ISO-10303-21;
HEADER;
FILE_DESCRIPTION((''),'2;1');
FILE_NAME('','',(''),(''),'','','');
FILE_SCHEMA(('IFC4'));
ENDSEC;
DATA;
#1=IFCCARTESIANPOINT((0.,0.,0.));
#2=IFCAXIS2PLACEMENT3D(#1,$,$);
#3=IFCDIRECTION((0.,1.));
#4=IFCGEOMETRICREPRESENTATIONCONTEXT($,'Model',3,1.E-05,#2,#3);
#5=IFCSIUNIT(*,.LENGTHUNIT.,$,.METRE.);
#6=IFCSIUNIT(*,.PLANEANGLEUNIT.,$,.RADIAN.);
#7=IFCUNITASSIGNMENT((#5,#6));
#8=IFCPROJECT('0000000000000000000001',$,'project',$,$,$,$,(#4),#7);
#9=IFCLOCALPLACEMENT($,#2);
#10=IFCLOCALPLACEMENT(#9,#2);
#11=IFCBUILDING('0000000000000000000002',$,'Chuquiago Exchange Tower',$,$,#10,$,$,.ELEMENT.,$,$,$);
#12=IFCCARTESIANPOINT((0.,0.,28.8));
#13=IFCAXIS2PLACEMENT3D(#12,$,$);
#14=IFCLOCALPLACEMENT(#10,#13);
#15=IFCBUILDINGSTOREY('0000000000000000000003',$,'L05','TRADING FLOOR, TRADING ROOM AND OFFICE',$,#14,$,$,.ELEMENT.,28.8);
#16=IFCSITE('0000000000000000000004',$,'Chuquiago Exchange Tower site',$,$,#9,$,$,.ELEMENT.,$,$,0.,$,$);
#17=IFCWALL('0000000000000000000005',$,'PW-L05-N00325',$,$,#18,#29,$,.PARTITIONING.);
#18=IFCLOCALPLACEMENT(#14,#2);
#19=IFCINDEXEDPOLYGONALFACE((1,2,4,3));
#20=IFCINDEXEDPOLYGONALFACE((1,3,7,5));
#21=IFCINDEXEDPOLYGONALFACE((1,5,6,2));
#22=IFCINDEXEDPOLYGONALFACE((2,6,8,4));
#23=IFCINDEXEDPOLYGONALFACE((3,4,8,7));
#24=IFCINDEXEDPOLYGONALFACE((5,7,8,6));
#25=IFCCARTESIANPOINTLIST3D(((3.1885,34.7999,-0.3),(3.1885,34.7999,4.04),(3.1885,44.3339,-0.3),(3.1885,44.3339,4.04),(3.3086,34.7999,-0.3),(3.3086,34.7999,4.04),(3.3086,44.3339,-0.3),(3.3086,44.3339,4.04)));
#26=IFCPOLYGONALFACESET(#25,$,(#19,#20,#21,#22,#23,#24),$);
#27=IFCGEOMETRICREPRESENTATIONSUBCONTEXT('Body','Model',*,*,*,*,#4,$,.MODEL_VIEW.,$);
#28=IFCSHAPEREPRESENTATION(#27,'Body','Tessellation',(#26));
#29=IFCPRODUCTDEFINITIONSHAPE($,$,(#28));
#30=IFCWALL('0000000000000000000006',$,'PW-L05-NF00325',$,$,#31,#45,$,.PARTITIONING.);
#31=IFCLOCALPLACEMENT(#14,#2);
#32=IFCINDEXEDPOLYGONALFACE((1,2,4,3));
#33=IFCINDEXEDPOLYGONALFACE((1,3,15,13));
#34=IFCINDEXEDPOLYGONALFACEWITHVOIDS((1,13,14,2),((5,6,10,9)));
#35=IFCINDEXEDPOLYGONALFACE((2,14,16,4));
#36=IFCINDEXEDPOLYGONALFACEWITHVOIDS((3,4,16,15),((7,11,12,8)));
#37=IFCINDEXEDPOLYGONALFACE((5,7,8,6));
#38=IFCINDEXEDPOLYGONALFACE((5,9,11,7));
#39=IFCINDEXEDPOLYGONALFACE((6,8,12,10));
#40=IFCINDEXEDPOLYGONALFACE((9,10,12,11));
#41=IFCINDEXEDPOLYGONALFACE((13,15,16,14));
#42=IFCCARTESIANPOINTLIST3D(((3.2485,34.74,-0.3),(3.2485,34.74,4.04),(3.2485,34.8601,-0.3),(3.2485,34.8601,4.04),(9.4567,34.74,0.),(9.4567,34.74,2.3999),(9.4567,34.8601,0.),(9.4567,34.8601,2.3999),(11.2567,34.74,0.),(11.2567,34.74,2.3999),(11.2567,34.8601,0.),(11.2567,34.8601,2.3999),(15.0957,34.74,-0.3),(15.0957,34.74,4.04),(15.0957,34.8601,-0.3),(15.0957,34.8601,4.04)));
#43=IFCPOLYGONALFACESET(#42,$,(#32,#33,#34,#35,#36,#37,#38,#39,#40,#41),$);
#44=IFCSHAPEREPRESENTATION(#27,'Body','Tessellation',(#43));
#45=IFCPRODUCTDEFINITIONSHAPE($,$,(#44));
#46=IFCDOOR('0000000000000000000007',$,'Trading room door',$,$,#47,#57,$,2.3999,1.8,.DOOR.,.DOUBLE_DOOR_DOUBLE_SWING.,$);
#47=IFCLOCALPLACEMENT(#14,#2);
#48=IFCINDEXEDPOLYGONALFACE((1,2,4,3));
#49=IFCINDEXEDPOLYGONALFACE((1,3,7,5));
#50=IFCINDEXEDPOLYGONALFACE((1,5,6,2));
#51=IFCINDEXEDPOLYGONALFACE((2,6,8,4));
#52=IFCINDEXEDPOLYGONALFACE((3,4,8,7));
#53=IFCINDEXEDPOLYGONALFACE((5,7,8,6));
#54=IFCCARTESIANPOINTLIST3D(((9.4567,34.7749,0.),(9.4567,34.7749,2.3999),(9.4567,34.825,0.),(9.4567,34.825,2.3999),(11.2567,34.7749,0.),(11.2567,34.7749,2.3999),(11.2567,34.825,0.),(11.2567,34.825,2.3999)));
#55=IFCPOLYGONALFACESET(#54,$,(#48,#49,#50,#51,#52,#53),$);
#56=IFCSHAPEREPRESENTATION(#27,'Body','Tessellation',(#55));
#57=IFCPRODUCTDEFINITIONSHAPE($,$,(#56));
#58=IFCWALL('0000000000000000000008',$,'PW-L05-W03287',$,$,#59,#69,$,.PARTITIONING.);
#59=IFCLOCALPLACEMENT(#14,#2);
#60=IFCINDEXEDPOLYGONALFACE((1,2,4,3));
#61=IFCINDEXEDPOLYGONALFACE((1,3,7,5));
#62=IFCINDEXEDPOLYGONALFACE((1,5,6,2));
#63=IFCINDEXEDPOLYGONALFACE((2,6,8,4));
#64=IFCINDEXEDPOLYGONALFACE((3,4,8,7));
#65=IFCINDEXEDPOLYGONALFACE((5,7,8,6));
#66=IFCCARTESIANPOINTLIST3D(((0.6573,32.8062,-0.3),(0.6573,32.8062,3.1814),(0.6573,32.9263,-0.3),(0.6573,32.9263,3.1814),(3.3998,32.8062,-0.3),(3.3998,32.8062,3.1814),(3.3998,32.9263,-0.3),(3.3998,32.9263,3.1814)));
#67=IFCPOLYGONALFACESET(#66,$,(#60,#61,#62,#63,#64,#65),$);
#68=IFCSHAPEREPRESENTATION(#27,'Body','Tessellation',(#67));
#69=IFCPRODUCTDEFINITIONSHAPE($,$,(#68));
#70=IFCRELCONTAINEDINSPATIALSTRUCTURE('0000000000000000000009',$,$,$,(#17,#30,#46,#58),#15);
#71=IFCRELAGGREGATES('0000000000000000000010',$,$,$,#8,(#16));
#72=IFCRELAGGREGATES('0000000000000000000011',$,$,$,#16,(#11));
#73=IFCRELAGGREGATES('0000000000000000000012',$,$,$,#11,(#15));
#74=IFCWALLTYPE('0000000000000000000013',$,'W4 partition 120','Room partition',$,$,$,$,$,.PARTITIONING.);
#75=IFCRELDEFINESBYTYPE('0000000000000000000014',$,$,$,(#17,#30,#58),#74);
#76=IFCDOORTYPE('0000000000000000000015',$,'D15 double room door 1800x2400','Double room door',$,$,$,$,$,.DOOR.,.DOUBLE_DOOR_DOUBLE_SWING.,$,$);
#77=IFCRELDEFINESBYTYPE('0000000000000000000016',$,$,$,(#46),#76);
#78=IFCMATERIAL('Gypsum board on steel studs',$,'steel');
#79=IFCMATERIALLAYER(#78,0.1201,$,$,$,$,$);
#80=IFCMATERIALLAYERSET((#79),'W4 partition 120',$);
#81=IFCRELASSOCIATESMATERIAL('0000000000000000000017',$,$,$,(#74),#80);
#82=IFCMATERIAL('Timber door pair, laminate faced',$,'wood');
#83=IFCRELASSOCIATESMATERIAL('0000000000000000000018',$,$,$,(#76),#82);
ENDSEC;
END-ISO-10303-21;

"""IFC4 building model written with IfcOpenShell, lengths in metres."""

from ifc_helpers import new_model, si_unit, direction, frame, frame_2d, origin, place, context, subcontext, project, spatial, rectangle, extrude, material, layer, layer_set, type_object, element, fill, save


model = new_model("IFC4")

# Units and contexts
model_context = context("Model", 3, precision=1e-05, world=origin(), true_north=direction((0.0, 1.0)))
body_context = subcontext(model_context, "Body", "Model", "MODEL_VIEW")
ifc_project = project(units=[si_unit("LENGTHUNIT", "METRE"), si_unit("PLANEANGLEUNIT", "RADIAN")], contexts=[model_context])

# Site, building, storey
site_placement = place(None, origin())
site = spatial("IfcSite", under=ifc_project, at=site_placement, Name="Chuquiago Exchange Tower site", CompositionType="ELEMENT", RefElevation=0.0)
building_placement = place(site_placement, origin())
building = spatial("IfcBuilding", under=site, at=building_placement, Name="Chuquiago Exchange Tower", CompositionType="ELEMENT")
storey_placement = place(building_placement, frame((0.0, 0.0, 28.8)))
storey = spatial("IfcBuildingStorey", under=building, at=storey_placement, Name="L05", Description="TRADING FLOOR, TRADING ROOM AND OFFICE", CompositionType="ELEMENT", Elevation=28.8)

# Wall
ifc_material_1 = material(Name="Gypsum board on steel studs", Category="steel")
ifc_layer_1 = layer(ifc_material_1, 0.1201)
ifc_layer_set_1 = layer_set([ifc_layer_1], Name="W4 partition 120")
wall_type = type_object("IfcWallType", Name="W4 partition 120", Description="Room partition", PredefinedType="PARTITIONING", material=ifc_layer_set_1)
wall_1_placement = place(storey_placement, frame((3.2485, 44.334, -0.3), z_axis=(0.0, 0.0, 1.0), x_axis=(0.0, -1.0, 0.0)))
element("IfcWall", 1, at=wall_1_placement, inside=storey, type_object=wall_type, Name="PW-L05-N00325", PredefinedType="PARTITIONING", context=body_context, shape_type="SweptSolid", body=[
    extrude(rectangle(XDim=9.5339, YDim=0.1201, at=frame_2d((4.7671, 0.0))), origin(), (0.0, 0.0, 1.0), 4.3401),
])

# Wall, opening, door
wall_2_placement = place(storey_placement, frame((3.2485, 34.8, -0.3), z_axis=(0.0, 0.0, 1.0), x_axis=(1.0, 0.0, 0.0)))
wall_2 = element("IfcWall", 2, at=wall_2_placement, inside=storey, type_object=wall_type, Name="PW-L05-NF00325", PredefinedType="PARTITIONING", context=body_context, shape_type="SweptSolid", body=[
    extrude(rectangle(XDim=11.8472, YDim=0.1201, at=frame_2d((5.9236, 0.0))), origin(), (0.0, 0.0, 1.0), 4.3401),
])
opening_placement = place(wall_2_placement, frame((6.2083, 0.0, 0.3)))
opening = element("IfcOpeningElement", 3, at=opening_placement, cuts=wall_2, PredefinedType="OPENING", context=body_context, shape_type="SweptSolid", body=[
    extrude(rectangle(XDim=1.8, YDim=2.3999, at=frame_2d((0.8999, 1.2))), frame((0.0, 0.0701, 0.0), z_axis=(0.0, -1.0, 0.0), x_axis=(1.0, 0.0, 0.0)), (0.0, 0.0, 1.0), 0.1401),
])
ifc_material_2 = material(Name="Timber door pair, laminate faced", Category="wood")
door_type = type_object("IfcDoorType", Name="D15 double room door 1800x2400", Description="Double room door", OperationType="DOUBLE_DOOR_DOUBLE_SWING", PredefinedType="DOOR", material=ifc_material_2)
door_placement = place(opening_placement, origin())
door = element("IfcDoor", 4, at=door_placement, inside=storey, type_object=door_type, Name="Trading room door", OperationType="DOUBLE_DOOR_DOUBLE_SWING", OverallHeight=2.3999, OverallWidth=1.8, PredefinedType="DOOR", context=body_context, shape_type="SweptSolid", body=[
    extrude(rectangle(XDim=1.8, YDim=2.3999, at=frame_2d((0.8999, 1.2))), frame((0.0, 0.0249, 0.0), z_axis=(0.0, -1.0, 0.0), x_axis=(1.0, 0.0, 0.0)), (0.0, 0.0, 1.0), 0.05),
])
fill(opening, door)

# Wall
wall_3_placement = place(storey_placement, frame((0.6575, 32.8662, -0.3), z_axis=(0.0, 0.0, 1.0), x_axis=(1.0, 0.0, 0.0)))
element("IfcWall", 5, at=wall_3_placement, inside=storey, type_object=wall_type, Name="PW-L05-W03287", PredefinedType="PARTITIONING", context=body_context, shape_type="SweptSolid", body=[
    extrude(rectangle(XDim=2.7424, YDim=0.1201, at=frame_2d((1.3711, 0.0))), origin(), (0.0, 0.0, 1.0), 3.4814),
])

save(model, "model.ifc")
